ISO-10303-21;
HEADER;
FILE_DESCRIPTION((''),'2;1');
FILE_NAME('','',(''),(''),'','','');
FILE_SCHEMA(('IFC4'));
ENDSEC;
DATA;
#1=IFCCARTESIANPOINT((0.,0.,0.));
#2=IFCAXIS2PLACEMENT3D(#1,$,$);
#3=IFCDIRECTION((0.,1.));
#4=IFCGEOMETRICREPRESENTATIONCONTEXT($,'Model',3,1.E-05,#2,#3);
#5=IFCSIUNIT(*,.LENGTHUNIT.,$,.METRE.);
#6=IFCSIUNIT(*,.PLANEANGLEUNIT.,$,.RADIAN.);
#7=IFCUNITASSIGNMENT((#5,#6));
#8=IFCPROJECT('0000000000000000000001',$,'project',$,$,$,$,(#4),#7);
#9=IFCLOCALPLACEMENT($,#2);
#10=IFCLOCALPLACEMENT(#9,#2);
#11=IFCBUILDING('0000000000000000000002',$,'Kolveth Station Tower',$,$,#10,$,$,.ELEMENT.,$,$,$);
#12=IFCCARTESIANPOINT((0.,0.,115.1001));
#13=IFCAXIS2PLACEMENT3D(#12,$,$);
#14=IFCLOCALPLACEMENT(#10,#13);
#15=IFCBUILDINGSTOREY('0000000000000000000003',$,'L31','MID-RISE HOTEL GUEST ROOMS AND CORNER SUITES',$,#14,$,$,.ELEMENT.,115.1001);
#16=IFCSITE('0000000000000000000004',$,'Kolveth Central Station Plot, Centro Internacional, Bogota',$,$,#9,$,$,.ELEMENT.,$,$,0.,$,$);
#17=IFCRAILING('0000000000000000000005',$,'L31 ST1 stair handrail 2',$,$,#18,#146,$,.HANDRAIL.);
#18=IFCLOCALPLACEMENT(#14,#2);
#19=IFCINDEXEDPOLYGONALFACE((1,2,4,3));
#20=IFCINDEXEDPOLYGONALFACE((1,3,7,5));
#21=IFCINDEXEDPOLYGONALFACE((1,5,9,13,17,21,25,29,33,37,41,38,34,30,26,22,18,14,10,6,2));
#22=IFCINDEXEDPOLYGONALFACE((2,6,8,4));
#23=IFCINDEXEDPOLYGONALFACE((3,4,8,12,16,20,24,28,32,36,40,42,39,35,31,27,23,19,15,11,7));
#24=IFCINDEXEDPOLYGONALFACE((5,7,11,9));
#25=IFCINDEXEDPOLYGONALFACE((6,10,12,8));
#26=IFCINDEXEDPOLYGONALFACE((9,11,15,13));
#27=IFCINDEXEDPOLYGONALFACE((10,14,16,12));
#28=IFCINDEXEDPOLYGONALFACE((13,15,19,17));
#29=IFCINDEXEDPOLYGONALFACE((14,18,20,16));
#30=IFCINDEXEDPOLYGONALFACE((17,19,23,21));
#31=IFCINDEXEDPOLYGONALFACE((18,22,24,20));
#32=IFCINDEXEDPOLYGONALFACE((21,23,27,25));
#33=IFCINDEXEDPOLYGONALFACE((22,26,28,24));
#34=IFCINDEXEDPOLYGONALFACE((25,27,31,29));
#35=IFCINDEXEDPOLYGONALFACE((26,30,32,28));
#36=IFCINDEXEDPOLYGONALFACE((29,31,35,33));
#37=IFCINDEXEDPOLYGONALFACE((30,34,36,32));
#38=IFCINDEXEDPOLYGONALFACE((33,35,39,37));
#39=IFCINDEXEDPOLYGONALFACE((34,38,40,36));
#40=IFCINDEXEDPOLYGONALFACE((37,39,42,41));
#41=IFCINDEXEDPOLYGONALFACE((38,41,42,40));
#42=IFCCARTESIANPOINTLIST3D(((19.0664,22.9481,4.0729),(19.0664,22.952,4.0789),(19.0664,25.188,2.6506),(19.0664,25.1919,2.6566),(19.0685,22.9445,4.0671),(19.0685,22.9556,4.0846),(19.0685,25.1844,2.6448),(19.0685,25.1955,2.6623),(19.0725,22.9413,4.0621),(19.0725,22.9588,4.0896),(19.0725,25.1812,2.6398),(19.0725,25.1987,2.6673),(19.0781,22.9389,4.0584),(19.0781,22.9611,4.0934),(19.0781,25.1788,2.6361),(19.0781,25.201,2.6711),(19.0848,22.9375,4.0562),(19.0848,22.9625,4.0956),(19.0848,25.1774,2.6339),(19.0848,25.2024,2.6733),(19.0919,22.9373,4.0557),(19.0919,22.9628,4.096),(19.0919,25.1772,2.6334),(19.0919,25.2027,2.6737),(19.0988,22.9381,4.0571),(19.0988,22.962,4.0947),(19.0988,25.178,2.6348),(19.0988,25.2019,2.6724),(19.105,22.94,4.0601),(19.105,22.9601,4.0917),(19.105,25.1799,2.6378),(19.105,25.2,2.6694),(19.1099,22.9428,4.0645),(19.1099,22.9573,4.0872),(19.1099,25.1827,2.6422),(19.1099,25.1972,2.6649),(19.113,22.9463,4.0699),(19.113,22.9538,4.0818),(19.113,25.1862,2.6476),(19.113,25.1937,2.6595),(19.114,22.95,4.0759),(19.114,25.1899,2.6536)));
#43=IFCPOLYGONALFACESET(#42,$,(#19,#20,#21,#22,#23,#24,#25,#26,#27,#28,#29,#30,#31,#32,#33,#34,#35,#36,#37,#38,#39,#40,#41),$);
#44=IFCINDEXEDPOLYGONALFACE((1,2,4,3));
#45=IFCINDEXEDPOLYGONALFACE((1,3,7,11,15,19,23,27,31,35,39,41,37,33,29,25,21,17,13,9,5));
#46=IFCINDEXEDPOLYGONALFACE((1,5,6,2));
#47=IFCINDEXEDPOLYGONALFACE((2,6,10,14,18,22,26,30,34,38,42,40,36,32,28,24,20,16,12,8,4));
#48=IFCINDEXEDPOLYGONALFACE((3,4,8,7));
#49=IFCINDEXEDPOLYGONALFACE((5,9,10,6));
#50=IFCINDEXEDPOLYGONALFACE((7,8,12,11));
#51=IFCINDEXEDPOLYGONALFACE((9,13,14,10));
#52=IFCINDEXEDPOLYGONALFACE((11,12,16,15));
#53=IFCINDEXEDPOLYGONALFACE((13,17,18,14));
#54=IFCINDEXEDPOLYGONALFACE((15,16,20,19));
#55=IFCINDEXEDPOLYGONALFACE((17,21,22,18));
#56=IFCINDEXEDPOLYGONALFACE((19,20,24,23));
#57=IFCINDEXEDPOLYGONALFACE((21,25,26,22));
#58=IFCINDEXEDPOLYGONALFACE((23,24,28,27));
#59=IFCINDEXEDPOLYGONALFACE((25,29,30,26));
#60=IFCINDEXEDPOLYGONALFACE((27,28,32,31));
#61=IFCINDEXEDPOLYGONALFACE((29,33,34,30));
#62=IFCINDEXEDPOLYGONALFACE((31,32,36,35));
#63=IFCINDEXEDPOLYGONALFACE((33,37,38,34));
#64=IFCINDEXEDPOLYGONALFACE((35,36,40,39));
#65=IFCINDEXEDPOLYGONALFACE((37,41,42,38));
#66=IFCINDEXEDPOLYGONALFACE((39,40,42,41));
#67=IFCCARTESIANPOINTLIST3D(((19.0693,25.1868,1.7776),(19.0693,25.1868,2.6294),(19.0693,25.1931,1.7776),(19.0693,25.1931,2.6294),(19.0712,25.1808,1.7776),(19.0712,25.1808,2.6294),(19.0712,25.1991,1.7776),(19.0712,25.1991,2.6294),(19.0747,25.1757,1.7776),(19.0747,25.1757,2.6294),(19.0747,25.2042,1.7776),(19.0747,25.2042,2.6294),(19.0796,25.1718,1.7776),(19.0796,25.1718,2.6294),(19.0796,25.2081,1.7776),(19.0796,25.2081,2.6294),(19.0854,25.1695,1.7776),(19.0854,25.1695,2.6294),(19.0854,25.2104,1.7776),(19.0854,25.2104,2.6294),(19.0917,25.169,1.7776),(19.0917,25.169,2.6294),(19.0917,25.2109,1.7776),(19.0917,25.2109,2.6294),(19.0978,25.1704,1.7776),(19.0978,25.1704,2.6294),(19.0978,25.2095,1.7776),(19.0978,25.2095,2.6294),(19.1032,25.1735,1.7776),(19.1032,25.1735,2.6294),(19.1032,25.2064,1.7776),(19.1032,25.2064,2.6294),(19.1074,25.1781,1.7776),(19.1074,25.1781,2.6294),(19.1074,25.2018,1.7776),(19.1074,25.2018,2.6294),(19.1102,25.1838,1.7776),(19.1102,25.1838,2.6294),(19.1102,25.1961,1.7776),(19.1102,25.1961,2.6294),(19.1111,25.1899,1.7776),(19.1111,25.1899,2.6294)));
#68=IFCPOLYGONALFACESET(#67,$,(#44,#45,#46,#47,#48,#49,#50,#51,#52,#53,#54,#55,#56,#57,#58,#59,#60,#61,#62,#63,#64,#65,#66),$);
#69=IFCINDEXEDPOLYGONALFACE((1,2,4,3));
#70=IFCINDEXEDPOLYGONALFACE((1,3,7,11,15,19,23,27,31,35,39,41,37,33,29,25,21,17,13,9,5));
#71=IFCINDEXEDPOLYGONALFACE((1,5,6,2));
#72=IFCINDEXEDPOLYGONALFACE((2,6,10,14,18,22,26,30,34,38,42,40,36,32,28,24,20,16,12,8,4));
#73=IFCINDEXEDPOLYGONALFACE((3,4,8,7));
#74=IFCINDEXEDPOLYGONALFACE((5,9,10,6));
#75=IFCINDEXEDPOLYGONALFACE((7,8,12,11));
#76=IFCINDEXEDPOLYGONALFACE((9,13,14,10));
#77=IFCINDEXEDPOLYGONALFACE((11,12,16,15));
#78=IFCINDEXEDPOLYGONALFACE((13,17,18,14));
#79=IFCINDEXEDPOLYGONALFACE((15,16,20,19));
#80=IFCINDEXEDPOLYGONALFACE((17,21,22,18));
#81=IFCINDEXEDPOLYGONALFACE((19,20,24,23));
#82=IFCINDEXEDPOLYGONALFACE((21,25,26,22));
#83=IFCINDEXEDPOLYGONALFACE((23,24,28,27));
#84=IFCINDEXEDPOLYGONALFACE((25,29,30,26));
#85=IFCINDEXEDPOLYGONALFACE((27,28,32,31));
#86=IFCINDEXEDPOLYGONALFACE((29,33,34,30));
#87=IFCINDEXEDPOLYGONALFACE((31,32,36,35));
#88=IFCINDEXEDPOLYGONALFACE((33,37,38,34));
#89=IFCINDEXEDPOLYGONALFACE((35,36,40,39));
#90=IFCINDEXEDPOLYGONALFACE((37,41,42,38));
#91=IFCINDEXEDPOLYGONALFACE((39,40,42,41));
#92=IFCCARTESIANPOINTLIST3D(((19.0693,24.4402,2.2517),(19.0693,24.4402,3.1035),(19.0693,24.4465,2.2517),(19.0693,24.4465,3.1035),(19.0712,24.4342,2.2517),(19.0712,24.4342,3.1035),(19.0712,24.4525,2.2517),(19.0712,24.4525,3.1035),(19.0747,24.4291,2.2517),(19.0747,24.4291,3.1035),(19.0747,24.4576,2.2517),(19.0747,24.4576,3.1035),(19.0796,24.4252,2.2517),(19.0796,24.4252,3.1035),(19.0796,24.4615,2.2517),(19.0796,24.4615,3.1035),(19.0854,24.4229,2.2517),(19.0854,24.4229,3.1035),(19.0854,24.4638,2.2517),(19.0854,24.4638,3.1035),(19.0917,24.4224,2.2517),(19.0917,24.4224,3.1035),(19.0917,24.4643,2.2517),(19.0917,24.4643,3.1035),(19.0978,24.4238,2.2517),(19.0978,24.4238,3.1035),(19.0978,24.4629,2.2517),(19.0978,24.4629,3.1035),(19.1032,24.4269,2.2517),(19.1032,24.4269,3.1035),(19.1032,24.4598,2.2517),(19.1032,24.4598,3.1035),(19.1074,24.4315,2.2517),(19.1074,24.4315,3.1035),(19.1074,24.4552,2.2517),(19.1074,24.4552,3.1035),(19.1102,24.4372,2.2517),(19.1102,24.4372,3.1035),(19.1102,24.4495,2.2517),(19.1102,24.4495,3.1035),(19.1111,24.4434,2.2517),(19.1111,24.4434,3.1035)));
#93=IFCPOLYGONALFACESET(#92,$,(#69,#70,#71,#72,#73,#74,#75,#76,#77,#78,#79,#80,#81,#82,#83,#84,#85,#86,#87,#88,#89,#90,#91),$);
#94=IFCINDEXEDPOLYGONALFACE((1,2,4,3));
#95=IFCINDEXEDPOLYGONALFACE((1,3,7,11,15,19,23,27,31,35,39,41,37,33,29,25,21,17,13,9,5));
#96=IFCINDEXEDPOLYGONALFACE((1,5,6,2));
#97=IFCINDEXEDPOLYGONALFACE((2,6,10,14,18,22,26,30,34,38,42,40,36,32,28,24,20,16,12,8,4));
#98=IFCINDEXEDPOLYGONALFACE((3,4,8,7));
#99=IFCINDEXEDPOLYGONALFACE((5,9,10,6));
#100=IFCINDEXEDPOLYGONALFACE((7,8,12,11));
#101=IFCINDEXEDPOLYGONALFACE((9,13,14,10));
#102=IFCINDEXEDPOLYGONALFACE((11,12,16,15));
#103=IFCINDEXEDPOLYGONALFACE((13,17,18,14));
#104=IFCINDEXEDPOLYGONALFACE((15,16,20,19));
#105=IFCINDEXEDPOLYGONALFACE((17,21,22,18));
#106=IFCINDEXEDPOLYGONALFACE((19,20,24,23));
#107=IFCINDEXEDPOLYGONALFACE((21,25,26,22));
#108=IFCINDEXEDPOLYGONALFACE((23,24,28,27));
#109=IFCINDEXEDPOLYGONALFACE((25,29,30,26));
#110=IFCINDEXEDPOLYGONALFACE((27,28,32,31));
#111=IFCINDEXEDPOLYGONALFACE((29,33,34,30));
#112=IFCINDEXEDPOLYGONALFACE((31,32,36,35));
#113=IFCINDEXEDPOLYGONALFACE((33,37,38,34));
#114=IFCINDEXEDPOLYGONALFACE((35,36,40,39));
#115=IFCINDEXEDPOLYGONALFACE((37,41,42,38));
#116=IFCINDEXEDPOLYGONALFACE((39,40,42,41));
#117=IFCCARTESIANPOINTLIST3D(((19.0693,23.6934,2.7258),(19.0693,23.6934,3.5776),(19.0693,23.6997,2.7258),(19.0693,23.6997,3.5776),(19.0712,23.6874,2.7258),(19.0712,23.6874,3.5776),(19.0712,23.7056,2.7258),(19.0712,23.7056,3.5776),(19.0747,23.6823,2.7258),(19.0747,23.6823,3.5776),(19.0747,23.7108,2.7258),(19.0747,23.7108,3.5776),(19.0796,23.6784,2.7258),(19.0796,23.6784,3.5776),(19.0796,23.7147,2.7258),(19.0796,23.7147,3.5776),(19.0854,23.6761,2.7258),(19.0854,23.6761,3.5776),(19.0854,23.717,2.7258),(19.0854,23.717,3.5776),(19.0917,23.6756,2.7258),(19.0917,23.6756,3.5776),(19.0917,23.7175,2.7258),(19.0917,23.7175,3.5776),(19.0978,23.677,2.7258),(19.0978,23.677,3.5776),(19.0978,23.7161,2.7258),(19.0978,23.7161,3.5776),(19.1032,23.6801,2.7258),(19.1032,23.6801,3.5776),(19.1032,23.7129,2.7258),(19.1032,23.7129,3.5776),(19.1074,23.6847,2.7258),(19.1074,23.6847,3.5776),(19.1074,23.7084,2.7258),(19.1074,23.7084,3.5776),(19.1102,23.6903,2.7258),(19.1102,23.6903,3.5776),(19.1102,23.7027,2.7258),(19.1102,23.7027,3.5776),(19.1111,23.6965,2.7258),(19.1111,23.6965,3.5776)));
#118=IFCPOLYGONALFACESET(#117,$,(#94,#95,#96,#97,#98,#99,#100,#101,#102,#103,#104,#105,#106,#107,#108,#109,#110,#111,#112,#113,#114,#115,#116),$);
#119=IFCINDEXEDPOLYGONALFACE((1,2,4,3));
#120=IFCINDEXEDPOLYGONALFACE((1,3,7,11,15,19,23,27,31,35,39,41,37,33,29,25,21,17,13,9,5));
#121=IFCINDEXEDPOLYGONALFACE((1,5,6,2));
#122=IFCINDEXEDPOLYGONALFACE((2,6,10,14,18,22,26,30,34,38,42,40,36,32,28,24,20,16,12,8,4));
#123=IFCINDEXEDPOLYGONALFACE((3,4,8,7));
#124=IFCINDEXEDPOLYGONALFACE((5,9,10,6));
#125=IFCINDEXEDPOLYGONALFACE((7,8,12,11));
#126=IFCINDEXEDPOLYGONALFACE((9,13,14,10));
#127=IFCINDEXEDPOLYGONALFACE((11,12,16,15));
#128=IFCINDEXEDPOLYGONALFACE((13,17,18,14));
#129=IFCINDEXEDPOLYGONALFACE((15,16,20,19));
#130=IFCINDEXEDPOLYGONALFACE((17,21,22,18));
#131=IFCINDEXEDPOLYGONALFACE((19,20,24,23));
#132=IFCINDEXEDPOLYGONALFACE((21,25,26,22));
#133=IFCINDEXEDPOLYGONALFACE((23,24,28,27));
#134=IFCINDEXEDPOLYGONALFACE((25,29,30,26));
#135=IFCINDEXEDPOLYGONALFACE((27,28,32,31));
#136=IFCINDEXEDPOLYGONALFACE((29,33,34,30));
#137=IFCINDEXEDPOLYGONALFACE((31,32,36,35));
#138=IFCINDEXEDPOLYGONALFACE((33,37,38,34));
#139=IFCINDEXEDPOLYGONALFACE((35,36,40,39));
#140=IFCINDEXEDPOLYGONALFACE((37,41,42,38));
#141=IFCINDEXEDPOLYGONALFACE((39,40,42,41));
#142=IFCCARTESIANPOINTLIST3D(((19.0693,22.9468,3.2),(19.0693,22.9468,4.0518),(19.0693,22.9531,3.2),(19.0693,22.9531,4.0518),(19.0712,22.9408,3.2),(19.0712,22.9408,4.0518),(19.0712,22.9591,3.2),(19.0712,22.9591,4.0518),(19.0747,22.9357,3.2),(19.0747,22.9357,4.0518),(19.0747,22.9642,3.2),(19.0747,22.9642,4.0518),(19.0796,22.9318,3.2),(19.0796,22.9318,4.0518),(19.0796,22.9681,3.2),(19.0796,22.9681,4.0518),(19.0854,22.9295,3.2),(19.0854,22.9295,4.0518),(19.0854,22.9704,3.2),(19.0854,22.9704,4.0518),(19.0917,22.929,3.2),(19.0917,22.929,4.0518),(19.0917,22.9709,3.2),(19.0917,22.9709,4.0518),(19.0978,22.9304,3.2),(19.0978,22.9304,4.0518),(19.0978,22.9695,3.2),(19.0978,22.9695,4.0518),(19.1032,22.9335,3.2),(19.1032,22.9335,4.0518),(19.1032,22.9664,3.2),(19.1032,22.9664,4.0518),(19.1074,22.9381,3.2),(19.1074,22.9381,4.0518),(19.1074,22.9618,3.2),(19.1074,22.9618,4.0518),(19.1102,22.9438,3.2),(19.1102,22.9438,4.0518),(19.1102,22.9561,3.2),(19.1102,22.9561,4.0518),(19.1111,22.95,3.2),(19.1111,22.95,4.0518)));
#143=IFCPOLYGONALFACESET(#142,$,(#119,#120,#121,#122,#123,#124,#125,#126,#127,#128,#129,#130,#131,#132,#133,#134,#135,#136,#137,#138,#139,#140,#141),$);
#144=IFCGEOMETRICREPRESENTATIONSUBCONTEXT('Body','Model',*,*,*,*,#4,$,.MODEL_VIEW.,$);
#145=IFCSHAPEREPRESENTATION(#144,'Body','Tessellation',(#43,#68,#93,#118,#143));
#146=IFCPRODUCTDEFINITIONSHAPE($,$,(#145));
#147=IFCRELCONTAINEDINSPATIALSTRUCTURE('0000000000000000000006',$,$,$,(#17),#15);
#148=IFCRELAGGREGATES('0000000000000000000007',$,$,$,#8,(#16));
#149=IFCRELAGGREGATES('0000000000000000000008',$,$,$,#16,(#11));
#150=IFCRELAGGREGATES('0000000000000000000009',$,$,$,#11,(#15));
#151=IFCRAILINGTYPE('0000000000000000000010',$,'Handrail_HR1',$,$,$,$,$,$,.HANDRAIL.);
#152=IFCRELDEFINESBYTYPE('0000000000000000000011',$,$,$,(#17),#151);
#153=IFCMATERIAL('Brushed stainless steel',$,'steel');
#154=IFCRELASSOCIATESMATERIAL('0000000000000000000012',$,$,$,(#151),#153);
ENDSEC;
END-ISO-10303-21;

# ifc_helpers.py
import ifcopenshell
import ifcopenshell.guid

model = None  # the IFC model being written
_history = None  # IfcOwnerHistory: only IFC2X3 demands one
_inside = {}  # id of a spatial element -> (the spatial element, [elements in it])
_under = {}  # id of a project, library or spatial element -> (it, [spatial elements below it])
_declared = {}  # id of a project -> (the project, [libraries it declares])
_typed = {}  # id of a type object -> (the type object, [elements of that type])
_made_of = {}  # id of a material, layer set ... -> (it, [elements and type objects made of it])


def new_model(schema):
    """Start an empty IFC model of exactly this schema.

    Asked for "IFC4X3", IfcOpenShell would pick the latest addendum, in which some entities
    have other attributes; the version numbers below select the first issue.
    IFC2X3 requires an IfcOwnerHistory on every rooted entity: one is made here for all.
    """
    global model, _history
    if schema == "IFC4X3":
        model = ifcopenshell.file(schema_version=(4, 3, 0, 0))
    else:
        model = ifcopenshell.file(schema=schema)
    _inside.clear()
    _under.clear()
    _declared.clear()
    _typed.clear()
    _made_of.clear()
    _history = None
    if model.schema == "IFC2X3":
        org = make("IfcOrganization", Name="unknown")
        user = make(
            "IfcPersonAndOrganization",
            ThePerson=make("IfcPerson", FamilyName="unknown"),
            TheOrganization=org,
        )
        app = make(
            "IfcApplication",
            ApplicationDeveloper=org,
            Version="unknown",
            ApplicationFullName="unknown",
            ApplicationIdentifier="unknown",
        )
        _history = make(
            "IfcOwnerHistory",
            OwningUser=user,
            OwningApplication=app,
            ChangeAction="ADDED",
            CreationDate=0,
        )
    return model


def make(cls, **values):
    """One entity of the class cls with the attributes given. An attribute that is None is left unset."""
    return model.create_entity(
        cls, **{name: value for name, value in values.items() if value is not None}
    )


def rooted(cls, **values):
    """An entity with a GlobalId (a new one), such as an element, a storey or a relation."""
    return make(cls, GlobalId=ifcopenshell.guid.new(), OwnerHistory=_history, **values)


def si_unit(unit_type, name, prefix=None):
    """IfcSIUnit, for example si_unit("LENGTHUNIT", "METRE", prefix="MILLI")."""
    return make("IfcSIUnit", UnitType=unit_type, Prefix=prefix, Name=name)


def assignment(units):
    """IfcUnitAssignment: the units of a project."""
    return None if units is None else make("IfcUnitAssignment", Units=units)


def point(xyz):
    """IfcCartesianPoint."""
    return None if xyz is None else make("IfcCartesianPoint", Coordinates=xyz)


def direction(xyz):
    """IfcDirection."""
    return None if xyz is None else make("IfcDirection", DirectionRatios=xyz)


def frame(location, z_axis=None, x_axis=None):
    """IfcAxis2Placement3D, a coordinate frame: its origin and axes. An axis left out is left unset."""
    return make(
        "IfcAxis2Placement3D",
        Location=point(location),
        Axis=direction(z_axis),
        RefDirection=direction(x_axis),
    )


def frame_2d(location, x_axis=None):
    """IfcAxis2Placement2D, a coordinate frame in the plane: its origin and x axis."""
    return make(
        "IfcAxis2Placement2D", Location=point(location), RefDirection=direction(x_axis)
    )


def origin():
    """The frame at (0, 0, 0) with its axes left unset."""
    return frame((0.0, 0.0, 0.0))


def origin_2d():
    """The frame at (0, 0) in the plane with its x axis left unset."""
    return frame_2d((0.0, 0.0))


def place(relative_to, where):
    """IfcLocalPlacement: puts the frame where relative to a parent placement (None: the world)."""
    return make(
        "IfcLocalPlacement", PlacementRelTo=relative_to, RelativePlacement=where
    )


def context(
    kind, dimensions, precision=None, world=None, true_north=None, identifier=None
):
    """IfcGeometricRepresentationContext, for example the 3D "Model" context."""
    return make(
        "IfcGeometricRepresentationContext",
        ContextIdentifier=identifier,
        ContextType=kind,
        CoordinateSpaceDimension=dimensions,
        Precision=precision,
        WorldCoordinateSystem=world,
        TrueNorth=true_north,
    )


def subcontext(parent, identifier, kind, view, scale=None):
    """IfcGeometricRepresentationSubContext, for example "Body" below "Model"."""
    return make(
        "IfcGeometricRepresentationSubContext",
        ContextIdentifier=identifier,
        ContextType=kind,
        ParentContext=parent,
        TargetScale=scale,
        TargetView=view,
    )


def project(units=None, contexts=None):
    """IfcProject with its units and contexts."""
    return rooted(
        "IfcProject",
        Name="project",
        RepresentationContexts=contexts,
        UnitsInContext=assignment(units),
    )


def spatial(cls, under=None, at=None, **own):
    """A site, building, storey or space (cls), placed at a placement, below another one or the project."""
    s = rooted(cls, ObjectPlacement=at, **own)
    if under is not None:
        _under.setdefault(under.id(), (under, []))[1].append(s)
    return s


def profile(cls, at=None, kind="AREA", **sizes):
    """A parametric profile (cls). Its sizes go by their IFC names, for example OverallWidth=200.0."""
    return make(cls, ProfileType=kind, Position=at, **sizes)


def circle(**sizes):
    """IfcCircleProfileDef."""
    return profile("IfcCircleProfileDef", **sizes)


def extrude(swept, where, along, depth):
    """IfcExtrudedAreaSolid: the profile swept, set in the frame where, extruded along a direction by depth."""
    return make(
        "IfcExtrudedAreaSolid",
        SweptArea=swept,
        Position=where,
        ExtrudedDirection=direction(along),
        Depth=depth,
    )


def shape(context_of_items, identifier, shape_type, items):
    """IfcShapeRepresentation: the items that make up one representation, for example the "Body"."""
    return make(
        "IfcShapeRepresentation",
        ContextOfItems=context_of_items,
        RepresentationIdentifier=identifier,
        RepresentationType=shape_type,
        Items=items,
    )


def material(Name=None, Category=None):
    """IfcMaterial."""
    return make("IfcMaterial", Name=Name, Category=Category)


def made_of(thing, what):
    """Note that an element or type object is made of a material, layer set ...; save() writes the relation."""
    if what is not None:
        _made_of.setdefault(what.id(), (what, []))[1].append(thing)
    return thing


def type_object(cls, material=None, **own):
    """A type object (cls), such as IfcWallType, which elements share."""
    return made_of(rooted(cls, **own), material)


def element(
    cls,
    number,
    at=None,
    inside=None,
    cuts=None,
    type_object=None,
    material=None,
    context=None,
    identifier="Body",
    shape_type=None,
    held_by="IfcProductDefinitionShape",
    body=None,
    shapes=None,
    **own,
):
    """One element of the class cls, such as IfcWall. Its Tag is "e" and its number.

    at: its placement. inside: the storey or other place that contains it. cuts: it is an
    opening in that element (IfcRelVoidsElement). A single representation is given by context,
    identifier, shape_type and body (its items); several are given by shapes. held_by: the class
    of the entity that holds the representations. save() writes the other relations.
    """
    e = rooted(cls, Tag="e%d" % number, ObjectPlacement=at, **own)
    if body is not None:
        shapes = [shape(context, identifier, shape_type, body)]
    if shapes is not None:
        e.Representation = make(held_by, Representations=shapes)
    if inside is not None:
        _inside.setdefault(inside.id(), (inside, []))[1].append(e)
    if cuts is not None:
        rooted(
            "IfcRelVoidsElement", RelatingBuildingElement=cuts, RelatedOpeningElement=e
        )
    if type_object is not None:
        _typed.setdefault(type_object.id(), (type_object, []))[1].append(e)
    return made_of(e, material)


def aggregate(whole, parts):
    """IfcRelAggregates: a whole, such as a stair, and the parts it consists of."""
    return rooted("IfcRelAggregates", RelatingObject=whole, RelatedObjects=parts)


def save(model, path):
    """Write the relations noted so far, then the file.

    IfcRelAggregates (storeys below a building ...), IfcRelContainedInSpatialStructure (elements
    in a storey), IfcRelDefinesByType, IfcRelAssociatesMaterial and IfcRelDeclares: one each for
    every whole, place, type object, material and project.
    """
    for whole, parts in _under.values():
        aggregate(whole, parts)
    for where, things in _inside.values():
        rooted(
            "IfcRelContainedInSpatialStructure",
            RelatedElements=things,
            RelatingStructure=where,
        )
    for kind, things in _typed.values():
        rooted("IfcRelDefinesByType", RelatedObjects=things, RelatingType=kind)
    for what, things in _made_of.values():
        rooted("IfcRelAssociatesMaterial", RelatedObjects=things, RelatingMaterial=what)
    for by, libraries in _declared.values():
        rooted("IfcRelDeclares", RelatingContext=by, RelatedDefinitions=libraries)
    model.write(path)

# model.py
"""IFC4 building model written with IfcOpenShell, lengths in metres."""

from ifc_helpers import new_model, si_unit, direction, frame, origin, origin_2d, place, context, subcontext, project, spatial, circle, extrude, material, type_object, element, save


model = new_model("IFC4")

# Units and contexts
model_context = context("Model", 3, precision=1e-05, world=origin(), true_north=direction((0.0, 1.0)))
body_context = subcontext(model_context, "Body", "Model", "MODEL_VIEW")
ifc_project = project(units=[si_unit("LENGTHUNIT", "METRE"), si_unit("PLANEANGLEUNIT", "RADIAN")], contexts=[model_context])

# Site, building, storey
site_placement = place(None, origin())
site = spatial("IfcSite", under=ifc_project, at=site_placement, Name="Kolveth Central Station Plot, Centro Internacional, Bogota", CompositionType="ELEMENT", RefElevation=0.0)
building_placement = place(site_placement, origin())
building = spatial("IfcBuilding", under=site, at=building_placement, Name="Kolveth Station Tower", CompositionType="ELEMENT")
storey_placement = place(building_placement, frame((0.0, 0.0, 115.1001)))
storey = spatial("IfcBuildingStorey", under=building, at=storey_placement, Name="L31", Description="MID-RISE HOTEL GUEST ROOMS AND CORNER SUITES", CompositionType="ELEMENT", Elevation=115.1001)

# Railing
ifc_material_1 = material(Name="Brushed stainless steel", Category="steel")
railing_type_1 = type_object("IfcRailingType", Name="Handrail_HR1", PredefinedType="HANDRAIL", material=ifc_material_1)
railing_1_placement = place(storey_placement, frame((19.0901, 25.1899, 1.7776)))
element("IfcRailing", 1, at=railing_1_placement, inside=storey, type_object=railing_type_1, Name="L31 ST1 stair handrail 2", PredefinedType="HANDRAIL", context=body_context, shape_type="SweptSolid", body=[
    extrude(circle(Radius=0.0239, at=origin_2d()), frame((0.0, 0.0, 0.876), z_axis=(0.0, -0.844188, 0.536048), x_axis=(1.0, 0.0, 0.0)), (0.0, 0.0, 1.0), 2.6533),
    extrude(circle(Radius=0.021, at=origin_2d()), origin(), (0.0, 0.0, 1.0), 0.8518),
    extrude(circle(Radius=0.021, at=origin_2d()), frame((0.0, -0.7466, 0.4741)), (0.0, 0.0, 1.0), 0.8518),
    extrude(circle(Radius=0.021, at=origin_2d()), frame((0.0, -1.4934, 0.9482)), (0.0, 0.0, 1.0), 0.8518),
    extrude(circle(Radius=0.021, at=origin_2d()), frame((0.0, -2.24, 1.4224)), (0.0, 0.0, 1.0), 0.8518),
])

save(model, "model.ifc")
